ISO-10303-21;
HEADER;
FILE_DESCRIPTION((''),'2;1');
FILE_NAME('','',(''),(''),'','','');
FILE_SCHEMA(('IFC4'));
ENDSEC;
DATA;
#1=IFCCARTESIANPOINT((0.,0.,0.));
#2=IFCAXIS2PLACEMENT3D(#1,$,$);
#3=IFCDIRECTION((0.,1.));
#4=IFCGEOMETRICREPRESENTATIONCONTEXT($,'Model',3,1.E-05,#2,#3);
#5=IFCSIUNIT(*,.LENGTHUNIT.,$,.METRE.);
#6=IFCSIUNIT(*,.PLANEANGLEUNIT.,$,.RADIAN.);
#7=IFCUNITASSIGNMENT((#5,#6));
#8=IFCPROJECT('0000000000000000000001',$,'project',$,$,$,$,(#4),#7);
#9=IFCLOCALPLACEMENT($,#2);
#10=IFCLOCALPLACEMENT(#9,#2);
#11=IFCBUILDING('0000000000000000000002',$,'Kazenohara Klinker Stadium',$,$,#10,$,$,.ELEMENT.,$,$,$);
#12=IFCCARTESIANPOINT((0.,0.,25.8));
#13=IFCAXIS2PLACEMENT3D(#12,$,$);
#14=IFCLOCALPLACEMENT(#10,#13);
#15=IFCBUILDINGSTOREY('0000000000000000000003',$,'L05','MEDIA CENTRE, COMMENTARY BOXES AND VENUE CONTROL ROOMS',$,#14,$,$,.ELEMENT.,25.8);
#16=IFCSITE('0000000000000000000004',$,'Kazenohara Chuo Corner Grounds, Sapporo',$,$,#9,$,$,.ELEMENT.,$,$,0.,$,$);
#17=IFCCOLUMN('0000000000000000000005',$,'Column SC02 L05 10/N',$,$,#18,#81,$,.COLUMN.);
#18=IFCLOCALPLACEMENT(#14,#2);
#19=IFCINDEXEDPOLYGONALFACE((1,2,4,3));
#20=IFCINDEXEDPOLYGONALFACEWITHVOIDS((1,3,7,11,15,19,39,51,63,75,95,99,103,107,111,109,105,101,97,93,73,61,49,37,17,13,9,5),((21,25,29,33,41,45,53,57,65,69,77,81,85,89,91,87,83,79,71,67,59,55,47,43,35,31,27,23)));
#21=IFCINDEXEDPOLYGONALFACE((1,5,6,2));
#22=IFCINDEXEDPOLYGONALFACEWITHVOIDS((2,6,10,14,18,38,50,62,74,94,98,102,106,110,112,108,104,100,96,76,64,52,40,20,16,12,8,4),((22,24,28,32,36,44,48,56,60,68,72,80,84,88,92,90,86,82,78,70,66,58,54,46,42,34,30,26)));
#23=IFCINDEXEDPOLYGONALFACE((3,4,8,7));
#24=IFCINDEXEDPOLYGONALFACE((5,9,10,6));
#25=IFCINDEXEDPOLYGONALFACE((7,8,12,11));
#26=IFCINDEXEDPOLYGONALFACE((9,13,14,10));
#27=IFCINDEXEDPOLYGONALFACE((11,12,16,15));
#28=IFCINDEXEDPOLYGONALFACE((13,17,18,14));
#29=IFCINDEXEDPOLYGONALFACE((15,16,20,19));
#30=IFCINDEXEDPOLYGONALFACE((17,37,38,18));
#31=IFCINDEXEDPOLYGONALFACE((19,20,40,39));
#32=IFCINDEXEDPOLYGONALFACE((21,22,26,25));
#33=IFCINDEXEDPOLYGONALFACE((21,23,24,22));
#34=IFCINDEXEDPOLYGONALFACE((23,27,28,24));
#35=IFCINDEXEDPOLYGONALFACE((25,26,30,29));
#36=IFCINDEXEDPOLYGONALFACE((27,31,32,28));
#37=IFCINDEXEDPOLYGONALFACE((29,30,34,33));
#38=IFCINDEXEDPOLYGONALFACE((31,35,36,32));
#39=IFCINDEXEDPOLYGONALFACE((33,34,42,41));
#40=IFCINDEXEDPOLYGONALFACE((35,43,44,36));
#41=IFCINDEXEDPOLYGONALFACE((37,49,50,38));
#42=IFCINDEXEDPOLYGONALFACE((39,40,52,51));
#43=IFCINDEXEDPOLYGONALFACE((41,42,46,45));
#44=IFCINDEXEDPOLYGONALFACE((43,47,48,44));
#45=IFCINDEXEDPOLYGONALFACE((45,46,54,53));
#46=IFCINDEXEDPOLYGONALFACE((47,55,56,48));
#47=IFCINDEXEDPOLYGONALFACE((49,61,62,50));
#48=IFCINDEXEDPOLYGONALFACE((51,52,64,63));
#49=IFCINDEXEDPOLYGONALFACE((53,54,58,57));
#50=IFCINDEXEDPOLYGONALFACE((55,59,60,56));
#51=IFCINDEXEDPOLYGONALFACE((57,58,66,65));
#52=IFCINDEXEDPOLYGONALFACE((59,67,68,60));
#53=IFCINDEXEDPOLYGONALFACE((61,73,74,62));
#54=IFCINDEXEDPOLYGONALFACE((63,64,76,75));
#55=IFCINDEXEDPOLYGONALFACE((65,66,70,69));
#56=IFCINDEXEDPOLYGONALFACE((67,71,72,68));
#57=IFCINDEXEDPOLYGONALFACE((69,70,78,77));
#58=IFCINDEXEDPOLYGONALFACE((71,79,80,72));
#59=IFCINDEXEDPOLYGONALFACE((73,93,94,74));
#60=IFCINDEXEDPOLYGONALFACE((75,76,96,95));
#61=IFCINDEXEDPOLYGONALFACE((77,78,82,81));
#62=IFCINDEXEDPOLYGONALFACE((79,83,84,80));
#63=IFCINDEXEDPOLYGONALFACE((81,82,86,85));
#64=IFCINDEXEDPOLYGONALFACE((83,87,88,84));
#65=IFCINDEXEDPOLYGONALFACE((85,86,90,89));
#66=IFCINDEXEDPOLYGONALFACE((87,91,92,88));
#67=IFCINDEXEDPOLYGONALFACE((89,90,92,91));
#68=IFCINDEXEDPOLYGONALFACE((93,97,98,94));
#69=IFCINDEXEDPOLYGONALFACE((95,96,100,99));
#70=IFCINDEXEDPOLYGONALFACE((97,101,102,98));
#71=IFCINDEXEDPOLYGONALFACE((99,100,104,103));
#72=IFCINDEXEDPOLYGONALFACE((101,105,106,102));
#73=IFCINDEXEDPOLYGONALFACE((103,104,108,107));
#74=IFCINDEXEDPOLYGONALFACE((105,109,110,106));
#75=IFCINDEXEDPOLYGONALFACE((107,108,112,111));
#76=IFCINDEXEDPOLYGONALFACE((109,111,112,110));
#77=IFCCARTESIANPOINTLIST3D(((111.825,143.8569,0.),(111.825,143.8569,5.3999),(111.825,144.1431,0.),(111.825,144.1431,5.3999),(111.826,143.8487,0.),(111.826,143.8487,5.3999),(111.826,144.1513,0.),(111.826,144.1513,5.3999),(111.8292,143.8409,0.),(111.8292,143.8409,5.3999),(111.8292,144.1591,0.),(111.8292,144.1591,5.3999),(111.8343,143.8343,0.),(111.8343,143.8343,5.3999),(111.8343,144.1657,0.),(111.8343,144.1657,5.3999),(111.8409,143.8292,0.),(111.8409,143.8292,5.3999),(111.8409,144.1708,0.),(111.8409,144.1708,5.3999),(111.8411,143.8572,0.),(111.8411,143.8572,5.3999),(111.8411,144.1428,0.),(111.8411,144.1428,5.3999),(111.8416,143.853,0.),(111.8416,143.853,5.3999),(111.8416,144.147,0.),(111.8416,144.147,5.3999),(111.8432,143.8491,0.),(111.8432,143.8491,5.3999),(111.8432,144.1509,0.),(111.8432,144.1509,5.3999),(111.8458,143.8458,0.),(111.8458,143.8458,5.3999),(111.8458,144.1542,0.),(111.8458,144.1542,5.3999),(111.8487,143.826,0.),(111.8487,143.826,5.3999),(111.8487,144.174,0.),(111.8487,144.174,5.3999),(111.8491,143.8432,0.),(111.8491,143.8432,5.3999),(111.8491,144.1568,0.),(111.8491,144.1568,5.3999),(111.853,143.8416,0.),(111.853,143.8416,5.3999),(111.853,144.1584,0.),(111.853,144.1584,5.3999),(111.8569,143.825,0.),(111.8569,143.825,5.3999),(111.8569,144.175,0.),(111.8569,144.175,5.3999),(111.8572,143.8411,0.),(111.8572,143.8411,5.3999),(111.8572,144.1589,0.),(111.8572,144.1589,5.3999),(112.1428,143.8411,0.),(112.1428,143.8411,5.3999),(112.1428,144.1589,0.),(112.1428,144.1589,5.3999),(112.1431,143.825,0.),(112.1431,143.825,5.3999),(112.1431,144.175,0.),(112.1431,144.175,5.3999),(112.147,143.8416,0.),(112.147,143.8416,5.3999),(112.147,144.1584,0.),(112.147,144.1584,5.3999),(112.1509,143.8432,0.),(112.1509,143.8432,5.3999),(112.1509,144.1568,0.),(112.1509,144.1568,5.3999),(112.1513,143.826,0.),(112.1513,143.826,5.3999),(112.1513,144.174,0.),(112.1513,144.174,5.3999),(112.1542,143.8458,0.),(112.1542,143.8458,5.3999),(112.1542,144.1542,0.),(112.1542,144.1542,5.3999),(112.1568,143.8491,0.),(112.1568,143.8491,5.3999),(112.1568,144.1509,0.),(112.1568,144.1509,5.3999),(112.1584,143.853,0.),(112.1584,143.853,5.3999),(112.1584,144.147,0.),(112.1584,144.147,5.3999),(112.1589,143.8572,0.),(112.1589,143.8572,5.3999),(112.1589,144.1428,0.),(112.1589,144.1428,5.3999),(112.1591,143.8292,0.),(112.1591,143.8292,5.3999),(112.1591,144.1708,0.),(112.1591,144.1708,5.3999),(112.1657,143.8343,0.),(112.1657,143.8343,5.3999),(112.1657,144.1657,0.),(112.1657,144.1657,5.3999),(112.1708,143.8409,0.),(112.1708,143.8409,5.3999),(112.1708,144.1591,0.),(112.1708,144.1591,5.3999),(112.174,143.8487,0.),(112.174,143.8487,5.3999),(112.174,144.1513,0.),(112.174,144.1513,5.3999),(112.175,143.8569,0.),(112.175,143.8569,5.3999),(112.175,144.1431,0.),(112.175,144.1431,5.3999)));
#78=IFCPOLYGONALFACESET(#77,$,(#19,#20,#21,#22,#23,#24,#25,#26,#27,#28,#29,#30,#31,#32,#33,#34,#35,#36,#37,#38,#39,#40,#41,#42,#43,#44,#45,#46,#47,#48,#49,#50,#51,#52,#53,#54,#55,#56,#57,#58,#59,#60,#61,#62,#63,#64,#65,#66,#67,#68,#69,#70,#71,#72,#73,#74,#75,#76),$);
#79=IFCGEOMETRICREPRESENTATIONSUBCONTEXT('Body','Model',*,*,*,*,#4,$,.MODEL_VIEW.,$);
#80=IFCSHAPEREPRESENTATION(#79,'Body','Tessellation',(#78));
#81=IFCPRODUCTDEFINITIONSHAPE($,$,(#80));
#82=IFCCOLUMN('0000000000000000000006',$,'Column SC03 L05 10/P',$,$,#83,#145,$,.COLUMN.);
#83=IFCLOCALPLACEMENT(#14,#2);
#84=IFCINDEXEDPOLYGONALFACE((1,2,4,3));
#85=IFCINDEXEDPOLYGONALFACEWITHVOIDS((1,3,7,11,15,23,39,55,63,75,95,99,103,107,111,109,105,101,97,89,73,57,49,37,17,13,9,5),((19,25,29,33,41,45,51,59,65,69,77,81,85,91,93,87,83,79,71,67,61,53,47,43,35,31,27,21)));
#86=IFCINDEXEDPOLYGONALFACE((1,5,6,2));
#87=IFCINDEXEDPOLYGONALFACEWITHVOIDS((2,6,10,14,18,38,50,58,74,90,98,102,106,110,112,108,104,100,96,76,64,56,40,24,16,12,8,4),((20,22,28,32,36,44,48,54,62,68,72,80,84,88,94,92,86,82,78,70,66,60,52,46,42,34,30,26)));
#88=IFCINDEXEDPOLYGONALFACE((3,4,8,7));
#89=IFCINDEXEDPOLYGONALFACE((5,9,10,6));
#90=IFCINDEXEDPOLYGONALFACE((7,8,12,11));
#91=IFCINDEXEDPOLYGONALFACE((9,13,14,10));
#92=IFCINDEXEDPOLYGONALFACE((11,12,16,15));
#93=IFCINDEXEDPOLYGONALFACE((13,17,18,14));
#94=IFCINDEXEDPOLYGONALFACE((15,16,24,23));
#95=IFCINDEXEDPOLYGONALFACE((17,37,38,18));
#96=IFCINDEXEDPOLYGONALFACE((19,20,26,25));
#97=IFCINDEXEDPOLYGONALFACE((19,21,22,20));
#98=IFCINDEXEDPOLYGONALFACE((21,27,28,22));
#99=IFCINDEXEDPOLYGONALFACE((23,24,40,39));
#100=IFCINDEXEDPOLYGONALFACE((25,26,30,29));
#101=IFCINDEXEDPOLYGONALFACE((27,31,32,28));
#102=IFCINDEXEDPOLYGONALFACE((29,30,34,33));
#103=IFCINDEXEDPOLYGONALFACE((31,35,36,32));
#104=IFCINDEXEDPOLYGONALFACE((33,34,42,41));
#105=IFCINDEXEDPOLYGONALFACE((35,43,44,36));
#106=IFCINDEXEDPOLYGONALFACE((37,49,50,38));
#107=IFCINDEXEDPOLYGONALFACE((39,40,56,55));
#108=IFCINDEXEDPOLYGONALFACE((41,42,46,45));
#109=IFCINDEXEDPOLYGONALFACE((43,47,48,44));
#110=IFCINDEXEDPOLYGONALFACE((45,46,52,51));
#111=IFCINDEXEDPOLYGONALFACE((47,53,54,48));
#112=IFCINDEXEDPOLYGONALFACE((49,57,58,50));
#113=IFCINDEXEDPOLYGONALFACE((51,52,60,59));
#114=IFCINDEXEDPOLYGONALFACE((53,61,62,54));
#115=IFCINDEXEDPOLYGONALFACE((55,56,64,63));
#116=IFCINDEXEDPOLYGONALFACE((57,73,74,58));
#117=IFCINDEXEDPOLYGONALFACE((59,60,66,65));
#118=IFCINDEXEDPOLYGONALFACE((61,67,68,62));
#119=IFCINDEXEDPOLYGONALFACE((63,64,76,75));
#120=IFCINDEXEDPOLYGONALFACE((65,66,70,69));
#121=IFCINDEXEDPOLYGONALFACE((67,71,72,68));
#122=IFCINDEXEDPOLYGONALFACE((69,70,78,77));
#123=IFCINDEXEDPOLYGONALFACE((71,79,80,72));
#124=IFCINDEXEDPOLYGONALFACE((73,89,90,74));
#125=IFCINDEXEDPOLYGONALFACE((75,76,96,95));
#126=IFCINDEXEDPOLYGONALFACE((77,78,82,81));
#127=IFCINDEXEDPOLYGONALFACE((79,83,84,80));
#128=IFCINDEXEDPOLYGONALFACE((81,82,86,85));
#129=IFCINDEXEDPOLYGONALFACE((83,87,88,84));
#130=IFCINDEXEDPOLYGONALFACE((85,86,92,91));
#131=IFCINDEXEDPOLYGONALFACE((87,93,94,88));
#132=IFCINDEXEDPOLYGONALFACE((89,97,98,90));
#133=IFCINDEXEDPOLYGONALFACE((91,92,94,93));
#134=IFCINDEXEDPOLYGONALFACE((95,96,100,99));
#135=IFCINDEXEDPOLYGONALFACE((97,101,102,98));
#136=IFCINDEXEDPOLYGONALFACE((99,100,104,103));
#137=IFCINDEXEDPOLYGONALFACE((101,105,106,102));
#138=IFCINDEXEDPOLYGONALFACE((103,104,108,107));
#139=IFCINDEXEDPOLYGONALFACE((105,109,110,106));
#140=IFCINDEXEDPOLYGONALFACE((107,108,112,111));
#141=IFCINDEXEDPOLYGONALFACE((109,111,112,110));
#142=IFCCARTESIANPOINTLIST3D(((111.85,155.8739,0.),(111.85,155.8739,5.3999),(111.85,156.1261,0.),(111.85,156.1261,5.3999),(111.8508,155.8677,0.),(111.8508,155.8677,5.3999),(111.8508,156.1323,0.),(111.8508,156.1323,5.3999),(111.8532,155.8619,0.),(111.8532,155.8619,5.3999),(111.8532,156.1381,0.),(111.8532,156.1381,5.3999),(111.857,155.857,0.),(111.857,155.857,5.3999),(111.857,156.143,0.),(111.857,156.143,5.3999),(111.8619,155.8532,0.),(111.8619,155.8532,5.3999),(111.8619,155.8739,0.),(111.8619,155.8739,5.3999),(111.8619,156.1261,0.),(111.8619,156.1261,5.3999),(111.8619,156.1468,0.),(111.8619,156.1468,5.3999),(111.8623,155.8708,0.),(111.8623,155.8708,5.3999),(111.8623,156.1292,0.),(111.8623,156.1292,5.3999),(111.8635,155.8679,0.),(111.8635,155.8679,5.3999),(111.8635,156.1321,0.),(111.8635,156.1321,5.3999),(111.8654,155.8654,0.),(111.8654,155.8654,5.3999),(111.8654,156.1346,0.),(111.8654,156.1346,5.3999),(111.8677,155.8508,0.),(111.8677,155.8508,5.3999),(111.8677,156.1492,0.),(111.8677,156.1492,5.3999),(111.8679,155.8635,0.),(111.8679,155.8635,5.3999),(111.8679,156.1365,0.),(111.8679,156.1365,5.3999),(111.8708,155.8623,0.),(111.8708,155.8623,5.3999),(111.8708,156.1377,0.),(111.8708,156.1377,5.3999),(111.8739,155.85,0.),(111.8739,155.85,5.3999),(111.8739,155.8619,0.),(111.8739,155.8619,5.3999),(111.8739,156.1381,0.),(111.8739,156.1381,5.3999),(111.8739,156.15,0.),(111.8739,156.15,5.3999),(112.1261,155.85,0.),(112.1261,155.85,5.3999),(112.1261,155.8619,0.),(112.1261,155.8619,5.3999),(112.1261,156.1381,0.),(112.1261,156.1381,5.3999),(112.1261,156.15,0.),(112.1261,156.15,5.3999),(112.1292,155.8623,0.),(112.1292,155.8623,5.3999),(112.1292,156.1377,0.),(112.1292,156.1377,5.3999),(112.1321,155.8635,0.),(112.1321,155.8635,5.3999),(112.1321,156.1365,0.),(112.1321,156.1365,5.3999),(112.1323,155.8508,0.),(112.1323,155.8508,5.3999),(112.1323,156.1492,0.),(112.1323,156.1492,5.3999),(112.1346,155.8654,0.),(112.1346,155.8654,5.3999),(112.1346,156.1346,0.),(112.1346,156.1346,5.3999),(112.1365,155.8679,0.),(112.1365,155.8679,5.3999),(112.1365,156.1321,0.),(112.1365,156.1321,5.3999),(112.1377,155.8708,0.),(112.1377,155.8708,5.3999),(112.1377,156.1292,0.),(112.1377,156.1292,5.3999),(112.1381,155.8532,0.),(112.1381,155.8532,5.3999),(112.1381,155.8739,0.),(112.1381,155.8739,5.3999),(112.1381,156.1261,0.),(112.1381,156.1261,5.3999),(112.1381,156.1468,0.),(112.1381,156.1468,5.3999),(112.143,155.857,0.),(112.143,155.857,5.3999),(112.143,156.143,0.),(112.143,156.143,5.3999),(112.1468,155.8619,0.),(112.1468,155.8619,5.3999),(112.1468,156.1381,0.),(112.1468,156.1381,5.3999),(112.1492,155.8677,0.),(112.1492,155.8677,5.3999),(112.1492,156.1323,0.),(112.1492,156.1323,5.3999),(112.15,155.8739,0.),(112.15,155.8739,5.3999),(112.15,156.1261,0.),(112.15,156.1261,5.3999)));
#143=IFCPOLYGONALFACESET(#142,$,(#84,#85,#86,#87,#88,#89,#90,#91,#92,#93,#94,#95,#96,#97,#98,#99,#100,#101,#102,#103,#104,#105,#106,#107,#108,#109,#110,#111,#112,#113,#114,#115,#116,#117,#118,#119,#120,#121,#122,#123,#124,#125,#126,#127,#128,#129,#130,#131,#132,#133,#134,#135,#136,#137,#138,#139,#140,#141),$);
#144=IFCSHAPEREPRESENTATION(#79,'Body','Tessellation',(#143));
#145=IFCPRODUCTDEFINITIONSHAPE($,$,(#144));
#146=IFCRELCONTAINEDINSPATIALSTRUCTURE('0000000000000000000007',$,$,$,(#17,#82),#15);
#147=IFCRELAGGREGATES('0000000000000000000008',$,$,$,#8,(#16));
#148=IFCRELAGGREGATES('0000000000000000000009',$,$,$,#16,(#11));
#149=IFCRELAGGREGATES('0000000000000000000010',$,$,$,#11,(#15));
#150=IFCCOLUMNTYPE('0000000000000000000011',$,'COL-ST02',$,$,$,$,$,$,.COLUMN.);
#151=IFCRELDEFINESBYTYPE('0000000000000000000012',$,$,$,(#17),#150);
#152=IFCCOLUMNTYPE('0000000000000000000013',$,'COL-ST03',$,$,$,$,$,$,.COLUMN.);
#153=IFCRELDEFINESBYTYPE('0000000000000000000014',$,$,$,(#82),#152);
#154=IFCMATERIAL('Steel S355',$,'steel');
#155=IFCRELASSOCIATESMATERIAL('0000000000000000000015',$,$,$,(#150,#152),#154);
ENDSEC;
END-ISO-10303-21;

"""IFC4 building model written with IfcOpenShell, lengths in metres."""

from ifc_helpers import new_model, si_unit, direction, frame, origin, origin_2d, place, context, subcontext, project, spatial, hollow_rectangle, extrude, material, material_profile, profile_set, type_object, element, save


model = new_model("IFC4")

# Units and contexts
model_context = context("Model", 3, precision=1e-05, world=origin(), true_north=direction((0.0, 1.0)))
body_context = subcontext(model_context, "Body", "Model", "MODEL_VIEW")
ifc_project = project(units=[si_unit("LENGTHUNIT", "METRE"), si_unit("PLANEANGLEUNIT", "RADIAN")], contexts=[model_context])

# Site, building, storey
site_placement = place(None, origin())
site = spatial("IfcSite", under=ifc_project, at=site_placement, Name="Kazenohara Chuo Corner Grounds, Sapporo", CompositionType="ELEMENT", RefElevation=0.0)
building_placement = place(site_placement, origin())
building = spatial("IfcBuilding", under=site, at=building_placement, Name="Kazenohara Klinker Stadium", CompositionType="ELEMENT")
storey_placement = place(building_placement, frame((0.0, 0.0, 25.8)))
storey = spatial("IfcBuildingStorey", under=building, at=storey_placement, Name="L05", Description="MEDIA CENTRE, COMMENTARY BOXES AND VENUE CONTROL ROOMS", CompositionType="ELEMENT", Elevation=25.8)

# Columns
ifc_material_1 = material(Name="Steel S355", Category="steel")
ifc_material_profile_1 = material_profile(ifc_material_1, hollow_rectangle(XDim=0.3501, YDim=0.3501, WallThickness=0.0161, InnerFilletRadius=0.0161, OuterFilletRadius=0.032, at=origin_2d()), Name="SHS-350x350x16")
ifc_profile_set_1 = profile_set([ifc_material_profile_1], Name="Steel S355")
column_type_1 = type_object("IfcColumnType", Name="COL-ST02", PredefinedType="COLUMN", material=ifc_profile_set_1)
column_1_placement = place(storey_placement, frame((112.0, 144.0, 0.0), z_axis=(0.0, 0.0, 1.0), x_axis=(1.0, 0.0, 0.0)))
element("IfcColumn", 1, at=column_1_placement, inside=storey, type_object=column_type_1, Name="Column SC02 L05 10/N", PredefinedType="COLUMN", context=body_context, shape_type="SweptSolid", body=[
    extrude(hollow_rectangle(XDim=0.3501, YDim=0.3501, WallThickness=0.0161, InnerFilletRadius=0.0161, OuterFilletRadius=0.032, at=origin_2d()), origin(), (0.0, 0.0, 1.0), 5.3999),
])
ifc_material_profile_2 = material_profile(ifc_material_1, hollow_rectangle(XDim=0.3, YDim=0.3, WallThickness=0.012, InnerFilletRadius=0.012, OuterFilletRadius=0.0239, at=origin_2d()), Name="SHS-300x300x12")
ifc_profile_set_2 = profile_set([ifc_material_profile_2], Name="Steel S355")
column_type_2 = type_object("IfcColumnType", Name="COL-ST03", PredefinedType="COLUMN", material=ifc_profile_set_2)
column_2_placement = place(storey_placement, frame((112.0, 156.0, 0.0), z_axis=(0.0, 0.0, 1.0), x_axis=(1.0, 0.0, 0.0)))
element("IfcColumn", 2, at=column_2_placement, inside=storey, type_object=column_type_2, Name="Column SC03 L05 10/P", PredefinedType="COLUMN", context=body_context, shape_type="SweptSolid", body=[
    extrude(hollow_rectangle(XDim=0.3, YDim=0.3, WallThickness=0.012, InnerFilletRadius=0.012, OuterFilletRadius=0.0239, at=origin_2d()), origin(), (0.0, 0.0, 1.0), 5.3999),
])

save(model, "model.ifc")
